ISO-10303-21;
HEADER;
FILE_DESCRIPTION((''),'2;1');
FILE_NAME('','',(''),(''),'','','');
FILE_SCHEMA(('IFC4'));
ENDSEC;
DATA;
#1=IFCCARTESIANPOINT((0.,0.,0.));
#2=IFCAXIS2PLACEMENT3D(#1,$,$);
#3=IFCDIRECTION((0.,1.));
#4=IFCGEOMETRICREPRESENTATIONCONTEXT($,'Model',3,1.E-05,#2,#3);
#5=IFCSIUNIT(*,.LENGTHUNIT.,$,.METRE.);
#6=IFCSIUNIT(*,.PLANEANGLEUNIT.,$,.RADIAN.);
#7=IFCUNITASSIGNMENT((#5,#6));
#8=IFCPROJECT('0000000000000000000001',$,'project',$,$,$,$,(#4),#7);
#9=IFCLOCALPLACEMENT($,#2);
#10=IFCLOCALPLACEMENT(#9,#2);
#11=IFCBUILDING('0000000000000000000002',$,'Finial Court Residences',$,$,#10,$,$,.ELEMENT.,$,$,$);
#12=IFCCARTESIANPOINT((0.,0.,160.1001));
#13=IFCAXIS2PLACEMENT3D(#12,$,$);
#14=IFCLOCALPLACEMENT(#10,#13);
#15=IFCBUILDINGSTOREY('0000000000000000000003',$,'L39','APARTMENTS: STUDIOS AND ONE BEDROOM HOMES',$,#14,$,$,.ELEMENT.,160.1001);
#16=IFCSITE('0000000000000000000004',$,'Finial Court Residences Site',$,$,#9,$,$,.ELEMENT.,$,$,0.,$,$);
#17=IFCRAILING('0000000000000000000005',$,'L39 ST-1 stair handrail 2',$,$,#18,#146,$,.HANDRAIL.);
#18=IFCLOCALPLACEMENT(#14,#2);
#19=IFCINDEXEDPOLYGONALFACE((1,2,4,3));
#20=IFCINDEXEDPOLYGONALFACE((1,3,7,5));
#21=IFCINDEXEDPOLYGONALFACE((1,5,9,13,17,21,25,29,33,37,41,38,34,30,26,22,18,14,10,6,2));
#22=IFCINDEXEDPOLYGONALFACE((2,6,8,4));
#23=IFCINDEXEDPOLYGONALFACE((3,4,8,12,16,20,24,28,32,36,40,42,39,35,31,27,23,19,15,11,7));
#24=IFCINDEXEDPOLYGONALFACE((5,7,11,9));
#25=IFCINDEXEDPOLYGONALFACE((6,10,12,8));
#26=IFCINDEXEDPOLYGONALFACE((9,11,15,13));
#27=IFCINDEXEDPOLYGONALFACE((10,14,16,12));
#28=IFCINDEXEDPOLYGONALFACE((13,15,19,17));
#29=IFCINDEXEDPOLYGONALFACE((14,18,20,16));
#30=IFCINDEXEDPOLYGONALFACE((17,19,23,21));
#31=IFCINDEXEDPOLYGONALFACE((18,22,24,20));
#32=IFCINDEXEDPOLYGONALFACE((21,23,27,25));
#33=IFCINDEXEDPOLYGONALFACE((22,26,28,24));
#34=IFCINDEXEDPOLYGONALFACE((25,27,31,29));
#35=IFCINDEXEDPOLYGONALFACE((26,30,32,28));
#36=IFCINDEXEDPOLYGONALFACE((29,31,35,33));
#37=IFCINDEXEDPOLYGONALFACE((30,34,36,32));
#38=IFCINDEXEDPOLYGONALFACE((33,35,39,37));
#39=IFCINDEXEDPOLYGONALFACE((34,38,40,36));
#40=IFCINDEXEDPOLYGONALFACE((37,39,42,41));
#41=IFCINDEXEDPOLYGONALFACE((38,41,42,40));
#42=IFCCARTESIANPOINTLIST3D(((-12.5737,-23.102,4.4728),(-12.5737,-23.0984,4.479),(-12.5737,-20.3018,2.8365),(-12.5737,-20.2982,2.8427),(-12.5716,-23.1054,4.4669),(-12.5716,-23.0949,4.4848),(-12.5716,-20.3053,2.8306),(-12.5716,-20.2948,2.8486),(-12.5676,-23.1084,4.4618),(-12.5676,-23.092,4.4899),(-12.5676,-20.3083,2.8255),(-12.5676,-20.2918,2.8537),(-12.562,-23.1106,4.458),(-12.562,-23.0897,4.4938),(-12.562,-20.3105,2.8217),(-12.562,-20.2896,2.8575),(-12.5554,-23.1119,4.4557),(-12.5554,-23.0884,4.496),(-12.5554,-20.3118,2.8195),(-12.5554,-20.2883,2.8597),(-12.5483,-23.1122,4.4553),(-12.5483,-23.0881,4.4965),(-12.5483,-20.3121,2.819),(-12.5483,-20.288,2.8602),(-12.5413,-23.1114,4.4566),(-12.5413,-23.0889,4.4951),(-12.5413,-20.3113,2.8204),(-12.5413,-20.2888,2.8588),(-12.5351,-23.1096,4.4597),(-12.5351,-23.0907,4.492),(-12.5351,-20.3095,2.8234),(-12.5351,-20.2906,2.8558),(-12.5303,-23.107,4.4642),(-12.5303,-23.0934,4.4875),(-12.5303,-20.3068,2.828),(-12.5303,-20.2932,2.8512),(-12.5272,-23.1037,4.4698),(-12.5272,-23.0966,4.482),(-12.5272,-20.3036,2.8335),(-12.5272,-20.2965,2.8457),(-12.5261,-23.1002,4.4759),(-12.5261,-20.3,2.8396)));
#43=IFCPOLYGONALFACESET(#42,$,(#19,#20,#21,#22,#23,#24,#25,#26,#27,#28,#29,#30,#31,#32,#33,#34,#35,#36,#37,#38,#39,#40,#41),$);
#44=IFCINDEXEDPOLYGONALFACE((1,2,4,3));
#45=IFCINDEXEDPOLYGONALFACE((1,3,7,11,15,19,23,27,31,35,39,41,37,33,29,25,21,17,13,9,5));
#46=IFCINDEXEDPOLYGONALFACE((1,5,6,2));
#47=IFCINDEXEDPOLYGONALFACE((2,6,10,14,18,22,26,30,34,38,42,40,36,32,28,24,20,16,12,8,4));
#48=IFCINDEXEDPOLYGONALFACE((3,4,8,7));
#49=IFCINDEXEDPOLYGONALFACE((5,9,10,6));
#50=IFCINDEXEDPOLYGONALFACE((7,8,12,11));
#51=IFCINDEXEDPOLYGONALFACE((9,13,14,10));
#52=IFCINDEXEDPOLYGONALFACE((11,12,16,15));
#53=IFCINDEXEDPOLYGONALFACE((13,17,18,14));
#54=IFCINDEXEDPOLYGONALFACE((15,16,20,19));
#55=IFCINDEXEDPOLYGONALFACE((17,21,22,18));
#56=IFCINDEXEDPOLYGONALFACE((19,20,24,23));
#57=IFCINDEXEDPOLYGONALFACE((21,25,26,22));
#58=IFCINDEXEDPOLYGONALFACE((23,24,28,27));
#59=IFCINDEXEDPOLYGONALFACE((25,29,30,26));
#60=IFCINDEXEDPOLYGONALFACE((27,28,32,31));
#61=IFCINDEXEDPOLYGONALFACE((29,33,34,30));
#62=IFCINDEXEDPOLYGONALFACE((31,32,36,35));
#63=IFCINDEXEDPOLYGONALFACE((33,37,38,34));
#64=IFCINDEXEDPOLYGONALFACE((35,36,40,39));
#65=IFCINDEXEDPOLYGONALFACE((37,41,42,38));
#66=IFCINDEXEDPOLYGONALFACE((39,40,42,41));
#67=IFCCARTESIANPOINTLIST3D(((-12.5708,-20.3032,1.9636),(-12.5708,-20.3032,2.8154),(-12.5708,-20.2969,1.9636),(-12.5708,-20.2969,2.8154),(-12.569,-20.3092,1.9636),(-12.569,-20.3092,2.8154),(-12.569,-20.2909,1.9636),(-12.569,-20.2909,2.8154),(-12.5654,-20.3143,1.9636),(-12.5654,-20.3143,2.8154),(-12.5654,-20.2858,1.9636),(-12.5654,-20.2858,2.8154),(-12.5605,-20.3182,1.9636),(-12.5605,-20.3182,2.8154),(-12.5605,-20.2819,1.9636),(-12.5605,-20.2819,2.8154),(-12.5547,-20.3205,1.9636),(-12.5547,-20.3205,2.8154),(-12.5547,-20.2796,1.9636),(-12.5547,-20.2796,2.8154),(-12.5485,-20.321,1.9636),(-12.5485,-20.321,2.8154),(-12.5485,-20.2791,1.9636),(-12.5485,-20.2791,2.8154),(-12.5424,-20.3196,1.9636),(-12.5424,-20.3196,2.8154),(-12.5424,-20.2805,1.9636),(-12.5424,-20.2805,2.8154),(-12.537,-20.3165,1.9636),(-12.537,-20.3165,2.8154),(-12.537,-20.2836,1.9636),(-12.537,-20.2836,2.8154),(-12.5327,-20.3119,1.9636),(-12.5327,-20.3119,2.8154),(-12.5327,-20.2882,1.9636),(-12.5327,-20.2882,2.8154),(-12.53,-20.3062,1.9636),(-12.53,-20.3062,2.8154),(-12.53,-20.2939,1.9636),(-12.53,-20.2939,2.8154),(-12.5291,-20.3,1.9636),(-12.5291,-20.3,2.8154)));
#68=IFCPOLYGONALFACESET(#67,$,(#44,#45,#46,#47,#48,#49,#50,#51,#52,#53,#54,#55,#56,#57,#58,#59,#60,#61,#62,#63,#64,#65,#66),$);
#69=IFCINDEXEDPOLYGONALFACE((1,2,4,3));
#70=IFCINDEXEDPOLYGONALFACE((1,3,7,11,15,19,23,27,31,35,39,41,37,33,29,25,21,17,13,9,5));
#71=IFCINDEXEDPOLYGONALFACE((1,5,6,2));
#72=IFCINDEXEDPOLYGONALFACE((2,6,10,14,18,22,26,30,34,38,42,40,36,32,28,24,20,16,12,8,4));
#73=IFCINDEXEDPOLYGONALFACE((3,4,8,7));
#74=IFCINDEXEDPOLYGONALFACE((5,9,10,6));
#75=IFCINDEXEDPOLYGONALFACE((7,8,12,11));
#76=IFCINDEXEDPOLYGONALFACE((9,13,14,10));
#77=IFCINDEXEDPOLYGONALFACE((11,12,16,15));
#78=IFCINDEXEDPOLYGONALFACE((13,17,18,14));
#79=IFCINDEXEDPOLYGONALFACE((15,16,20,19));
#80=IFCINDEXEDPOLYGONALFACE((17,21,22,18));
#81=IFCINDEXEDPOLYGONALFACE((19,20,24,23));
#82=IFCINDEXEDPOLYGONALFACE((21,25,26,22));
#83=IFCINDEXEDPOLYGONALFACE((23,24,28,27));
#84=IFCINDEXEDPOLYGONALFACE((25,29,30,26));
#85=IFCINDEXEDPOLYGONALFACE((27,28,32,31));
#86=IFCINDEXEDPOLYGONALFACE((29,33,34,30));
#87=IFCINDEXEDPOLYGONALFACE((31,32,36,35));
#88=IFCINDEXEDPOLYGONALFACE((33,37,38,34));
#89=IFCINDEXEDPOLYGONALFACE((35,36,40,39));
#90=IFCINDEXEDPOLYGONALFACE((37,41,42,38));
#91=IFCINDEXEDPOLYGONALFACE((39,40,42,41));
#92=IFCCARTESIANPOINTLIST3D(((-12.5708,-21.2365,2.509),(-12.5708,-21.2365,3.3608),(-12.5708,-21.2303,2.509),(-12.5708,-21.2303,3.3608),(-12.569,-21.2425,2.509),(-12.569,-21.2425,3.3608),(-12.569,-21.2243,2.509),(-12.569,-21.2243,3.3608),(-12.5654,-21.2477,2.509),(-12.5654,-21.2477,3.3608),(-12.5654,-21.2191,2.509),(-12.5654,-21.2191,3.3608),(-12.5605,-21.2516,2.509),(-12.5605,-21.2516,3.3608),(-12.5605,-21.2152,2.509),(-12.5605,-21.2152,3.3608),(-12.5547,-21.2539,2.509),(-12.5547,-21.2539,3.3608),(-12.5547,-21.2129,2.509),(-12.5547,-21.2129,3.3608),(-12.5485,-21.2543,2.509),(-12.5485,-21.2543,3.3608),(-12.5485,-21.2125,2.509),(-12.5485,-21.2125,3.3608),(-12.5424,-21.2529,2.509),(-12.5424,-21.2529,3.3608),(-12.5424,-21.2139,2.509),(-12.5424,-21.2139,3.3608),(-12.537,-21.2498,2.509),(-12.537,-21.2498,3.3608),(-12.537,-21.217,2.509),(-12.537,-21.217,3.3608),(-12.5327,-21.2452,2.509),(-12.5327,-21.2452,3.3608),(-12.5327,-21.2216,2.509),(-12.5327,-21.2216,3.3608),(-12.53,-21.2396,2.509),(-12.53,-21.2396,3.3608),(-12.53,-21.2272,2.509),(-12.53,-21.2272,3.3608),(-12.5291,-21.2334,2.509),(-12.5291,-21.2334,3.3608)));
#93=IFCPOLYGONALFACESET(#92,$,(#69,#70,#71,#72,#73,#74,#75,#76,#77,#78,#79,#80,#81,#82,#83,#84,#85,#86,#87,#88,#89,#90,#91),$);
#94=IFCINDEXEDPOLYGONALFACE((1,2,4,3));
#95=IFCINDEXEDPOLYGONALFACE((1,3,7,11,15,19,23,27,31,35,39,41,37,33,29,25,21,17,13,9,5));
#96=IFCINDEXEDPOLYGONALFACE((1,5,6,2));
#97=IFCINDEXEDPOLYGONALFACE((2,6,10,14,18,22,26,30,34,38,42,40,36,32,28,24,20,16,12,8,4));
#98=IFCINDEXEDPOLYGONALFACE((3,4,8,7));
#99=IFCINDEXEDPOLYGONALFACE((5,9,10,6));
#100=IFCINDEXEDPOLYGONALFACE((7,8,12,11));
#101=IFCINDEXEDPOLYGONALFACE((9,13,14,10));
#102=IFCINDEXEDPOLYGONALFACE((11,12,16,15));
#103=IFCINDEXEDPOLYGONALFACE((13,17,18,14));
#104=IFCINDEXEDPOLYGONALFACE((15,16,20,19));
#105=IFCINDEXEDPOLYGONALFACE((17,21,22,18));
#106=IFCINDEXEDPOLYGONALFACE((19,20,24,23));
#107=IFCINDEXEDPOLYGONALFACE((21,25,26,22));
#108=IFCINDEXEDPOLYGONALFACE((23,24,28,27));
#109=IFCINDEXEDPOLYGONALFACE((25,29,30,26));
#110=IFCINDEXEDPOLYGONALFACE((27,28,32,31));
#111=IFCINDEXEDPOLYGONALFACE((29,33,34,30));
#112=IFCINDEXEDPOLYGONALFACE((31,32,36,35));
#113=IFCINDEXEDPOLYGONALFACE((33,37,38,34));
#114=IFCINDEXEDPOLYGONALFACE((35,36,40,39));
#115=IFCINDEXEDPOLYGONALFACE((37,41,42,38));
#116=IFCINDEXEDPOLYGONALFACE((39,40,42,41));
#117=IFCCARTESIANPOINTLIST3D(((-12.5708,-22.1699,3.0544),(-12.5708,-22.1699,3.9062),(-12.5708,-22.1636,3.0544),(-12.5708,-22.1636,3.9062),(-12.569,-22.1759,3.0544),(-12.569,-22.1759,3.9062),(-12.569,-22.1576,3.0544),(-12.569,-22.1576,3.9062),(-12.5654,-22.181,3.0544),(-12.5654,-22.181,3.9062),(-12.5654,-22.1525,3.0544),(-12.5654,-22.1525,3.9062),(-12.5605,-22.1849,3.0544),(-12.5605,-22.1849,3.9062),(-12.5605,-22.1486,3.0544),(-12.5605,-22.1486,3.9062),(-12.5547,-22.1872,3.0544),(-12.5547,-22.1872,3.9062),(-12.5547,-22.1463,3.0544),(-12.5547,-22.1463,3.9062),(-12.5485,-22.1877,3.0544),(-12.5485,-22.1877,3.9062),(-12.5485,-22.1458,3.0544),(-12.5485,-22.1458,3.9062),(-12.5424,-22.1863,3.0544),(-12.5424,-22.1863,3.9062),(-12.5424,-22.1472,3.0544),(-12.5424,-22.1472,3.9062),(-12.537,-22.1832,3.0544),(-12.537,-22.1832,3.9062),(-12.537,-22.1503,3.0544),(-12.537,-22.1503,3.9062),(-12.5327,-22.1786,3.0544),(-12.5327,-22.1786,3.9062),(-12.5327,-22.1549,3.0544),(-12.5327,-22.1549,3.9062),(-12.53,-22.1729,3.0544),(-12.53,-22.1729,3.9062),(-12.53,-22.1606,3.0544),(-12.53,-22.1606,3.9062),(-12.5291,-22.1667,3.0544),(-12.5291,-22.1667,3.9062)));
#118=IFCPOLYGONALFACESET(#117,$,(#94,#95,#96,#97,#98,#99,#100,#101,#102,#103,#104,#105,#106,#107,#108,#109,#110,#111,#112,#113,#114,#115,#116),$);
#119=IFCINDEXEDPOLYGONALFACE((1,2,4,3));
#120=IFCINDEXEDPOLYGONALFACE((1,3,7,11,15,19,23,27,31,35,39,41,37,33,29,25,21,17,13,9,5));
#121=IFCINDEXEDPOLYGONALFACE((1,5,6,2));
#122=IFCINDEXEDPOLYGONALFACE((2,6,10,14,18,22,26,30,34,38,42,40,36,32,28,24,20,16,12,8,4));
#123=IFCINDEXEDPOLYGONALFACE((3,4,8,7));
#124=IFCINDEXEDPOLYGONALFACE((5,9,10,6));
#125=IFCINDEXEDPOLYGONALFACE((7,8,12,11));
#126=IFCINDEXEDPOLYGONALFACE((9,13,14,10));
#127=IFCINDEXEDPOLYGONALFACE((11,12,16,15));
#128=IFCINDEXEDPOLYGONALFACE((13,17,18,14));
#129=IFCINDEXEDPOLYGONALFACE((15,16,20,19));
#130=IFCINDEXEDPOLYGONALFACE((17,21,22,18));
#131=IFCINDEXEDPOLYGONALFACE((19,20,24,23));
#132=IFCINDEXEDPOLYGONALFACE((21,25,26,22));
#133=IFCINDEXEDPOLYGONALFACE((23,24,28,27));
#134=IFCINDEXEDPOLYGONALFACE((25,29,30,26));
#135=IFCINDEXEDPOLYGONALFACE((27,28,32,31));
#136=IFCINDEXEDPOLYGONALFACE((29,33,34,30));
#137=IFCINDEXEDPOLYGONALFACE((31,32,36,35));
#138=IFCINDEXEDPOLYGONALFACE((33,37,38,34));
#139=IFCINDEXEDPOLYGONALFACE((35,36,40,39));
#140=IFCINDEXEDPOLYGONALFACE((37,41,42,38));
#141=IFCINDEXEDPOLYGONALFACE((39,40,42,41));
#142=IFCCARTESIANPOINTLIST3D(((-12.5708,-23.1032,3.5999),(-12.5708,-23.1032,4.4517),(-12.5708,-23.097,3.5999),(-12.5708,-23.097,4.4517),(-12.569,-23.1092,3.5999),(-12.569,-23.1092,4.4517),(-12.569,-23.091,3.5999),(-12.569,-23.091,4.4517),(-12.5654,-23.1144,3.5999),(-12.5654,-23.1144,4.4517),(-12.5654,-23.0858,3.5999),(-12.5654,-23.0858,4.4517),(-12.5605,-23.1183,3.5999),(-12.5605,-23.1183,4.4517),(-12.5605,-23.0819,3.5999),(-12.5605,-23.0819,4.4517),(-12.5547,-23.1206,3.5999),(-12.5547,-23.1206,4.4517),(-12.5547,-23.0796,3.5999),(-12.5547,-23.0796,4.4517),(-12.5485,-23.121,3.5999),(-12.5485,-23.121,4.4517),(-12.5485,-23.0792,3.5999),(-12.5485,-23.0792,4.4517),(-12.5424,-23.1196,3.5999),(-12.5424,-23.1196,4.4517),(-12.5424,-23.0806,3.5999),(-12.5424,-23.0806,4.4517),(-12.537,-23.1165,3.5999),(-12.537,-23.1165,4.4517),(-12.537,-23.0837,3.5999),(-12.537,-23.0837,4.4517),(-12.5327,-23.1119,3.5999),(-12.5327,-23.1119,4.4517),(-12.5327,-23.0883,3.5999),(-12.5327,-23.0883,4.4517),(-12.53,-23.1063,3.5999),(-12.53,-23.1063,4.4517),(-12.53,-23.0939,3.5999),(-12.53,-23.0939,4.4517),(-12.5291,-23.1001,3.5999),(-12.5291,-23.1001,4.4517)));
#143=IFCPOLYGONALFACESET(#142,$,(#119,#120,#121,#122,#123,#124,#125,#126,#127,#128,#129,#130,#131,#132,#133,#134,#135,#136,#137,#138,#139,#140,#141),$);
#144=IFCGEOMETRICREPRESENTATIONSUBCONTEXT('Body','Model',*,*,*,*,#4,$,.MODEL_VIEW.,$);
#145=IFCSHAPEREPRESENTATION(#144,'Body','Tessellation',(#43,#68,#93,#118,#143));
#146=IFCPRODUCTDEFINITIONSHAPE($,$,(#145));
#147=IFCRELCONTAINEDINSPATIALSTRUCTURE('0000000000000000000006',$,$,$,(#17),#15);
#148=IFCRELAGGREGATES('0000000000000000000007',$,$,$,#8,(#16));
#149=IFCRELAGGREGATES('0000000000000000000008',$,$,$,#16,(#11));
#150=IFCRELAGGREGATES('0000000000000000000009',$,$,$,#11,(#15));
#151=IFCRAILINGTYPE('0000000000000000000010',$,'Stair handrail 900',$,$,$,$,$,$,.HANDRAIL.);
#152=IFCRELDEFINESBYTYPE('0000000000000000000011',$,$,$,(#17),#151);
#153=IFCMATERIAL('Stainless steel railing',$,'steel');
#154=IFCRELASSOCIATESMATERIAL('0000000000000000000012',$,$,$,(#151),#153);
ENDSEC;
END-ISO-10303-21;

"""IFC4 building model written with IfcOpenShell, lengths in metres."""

from ifc_helpers import new_model, si_unit, direction, frame, origin, origin_2d, place, context, subcontext, project, spatial, circle, extrude, material, type_object, element, save


model = new_model("IFC4")

# Units and contexts
model_context = context("Model", 3, precision=1e-05, world=origin(), true_north=direction((0.0, 1.0)))
body_context = subcontext(model_context, "Body", "Model", "MODEL_VIEW")
ifc_project = project(units=[si_unit("LENGTHUNIT", "METRE"), si_unit("PLANEANGLEUNIT", "RADIAN")], contexts=[model_context])

# Site, building, storey
site_placement = place(None, origin())
site = spatial("IfcSite", under=ifc_project, at=site_placement, Name="Finial Court Residences Site", CompositionType="ELEMENT", RefElevation=0.0)
building_placement = place(site_placement, origin())
building = spatial("IfcBuilding", under=site, at=building_placement, Name="Finial Court Residences", CompositionType="ELEMENT")
storey_placement = place(building_placement, frame((0.0, 0.0, 160.1001)))
storey = spatial("IfcBuildingStorey", under=building, at=storey_placement, Name="L39", Description="APARTMENTS: STUDIOS AND ONE BEDROOM HOMES", CompositionType="ELEMENT", Elevation=160.1001)

# Railing
ifc_material_1 = material(Name="Stainless steel railing", Category="steel")
railing_type_1 = type_object("IfcRailingType", Name="Stair handrail 900", PredefinedType="HANDRAIL", material=ifc_material_1)
railing_1_placement = place(storey_placement, frame((-12.55, -20.3, 1.9636)))
element("IfcRailing", 1, at=railing_1_placement, inside=storey, type_object=railing_type_1, Name="L39 ST-1 stair handrail 2", PredefinedType="HANDRAIL", context=body_context, shape_type="SweptSolid", body=[
    extrude(circle(Radius=0.0239, at=origin_2d()), frame((0.0, 0.0, 0.876), z_axis=(0.0, -0.863394, 0.504531), x_axis=(1.0, 0.0, 0.0)), (0.0, 0.0, 1.0), 3.2432),
    extrude(circle(Radius=0.021, at=origin_2d()), origin(), (0.0, 0.0, 1.0), 0.8518),
    extrude(circle(Radius=0.021, at=origin_2d()), frame((0.0, -0.9333, 0.5454)), (0.0, 0.0, 1.0), 0.8518),
    extrude(circle(Radius=0.021, at=origin_2d()), frame((0.0, -1.8667, 1.0908)), (0.0, 0.0, 1.0), 0.8518),
    extrude(circle(Radius=0.021, at=origin_2d()), frame((0.0, -2.8, 1.6362)), (0.0, 0.0, 1.0), 0.8518),
])

save(model, "model.ifc")
